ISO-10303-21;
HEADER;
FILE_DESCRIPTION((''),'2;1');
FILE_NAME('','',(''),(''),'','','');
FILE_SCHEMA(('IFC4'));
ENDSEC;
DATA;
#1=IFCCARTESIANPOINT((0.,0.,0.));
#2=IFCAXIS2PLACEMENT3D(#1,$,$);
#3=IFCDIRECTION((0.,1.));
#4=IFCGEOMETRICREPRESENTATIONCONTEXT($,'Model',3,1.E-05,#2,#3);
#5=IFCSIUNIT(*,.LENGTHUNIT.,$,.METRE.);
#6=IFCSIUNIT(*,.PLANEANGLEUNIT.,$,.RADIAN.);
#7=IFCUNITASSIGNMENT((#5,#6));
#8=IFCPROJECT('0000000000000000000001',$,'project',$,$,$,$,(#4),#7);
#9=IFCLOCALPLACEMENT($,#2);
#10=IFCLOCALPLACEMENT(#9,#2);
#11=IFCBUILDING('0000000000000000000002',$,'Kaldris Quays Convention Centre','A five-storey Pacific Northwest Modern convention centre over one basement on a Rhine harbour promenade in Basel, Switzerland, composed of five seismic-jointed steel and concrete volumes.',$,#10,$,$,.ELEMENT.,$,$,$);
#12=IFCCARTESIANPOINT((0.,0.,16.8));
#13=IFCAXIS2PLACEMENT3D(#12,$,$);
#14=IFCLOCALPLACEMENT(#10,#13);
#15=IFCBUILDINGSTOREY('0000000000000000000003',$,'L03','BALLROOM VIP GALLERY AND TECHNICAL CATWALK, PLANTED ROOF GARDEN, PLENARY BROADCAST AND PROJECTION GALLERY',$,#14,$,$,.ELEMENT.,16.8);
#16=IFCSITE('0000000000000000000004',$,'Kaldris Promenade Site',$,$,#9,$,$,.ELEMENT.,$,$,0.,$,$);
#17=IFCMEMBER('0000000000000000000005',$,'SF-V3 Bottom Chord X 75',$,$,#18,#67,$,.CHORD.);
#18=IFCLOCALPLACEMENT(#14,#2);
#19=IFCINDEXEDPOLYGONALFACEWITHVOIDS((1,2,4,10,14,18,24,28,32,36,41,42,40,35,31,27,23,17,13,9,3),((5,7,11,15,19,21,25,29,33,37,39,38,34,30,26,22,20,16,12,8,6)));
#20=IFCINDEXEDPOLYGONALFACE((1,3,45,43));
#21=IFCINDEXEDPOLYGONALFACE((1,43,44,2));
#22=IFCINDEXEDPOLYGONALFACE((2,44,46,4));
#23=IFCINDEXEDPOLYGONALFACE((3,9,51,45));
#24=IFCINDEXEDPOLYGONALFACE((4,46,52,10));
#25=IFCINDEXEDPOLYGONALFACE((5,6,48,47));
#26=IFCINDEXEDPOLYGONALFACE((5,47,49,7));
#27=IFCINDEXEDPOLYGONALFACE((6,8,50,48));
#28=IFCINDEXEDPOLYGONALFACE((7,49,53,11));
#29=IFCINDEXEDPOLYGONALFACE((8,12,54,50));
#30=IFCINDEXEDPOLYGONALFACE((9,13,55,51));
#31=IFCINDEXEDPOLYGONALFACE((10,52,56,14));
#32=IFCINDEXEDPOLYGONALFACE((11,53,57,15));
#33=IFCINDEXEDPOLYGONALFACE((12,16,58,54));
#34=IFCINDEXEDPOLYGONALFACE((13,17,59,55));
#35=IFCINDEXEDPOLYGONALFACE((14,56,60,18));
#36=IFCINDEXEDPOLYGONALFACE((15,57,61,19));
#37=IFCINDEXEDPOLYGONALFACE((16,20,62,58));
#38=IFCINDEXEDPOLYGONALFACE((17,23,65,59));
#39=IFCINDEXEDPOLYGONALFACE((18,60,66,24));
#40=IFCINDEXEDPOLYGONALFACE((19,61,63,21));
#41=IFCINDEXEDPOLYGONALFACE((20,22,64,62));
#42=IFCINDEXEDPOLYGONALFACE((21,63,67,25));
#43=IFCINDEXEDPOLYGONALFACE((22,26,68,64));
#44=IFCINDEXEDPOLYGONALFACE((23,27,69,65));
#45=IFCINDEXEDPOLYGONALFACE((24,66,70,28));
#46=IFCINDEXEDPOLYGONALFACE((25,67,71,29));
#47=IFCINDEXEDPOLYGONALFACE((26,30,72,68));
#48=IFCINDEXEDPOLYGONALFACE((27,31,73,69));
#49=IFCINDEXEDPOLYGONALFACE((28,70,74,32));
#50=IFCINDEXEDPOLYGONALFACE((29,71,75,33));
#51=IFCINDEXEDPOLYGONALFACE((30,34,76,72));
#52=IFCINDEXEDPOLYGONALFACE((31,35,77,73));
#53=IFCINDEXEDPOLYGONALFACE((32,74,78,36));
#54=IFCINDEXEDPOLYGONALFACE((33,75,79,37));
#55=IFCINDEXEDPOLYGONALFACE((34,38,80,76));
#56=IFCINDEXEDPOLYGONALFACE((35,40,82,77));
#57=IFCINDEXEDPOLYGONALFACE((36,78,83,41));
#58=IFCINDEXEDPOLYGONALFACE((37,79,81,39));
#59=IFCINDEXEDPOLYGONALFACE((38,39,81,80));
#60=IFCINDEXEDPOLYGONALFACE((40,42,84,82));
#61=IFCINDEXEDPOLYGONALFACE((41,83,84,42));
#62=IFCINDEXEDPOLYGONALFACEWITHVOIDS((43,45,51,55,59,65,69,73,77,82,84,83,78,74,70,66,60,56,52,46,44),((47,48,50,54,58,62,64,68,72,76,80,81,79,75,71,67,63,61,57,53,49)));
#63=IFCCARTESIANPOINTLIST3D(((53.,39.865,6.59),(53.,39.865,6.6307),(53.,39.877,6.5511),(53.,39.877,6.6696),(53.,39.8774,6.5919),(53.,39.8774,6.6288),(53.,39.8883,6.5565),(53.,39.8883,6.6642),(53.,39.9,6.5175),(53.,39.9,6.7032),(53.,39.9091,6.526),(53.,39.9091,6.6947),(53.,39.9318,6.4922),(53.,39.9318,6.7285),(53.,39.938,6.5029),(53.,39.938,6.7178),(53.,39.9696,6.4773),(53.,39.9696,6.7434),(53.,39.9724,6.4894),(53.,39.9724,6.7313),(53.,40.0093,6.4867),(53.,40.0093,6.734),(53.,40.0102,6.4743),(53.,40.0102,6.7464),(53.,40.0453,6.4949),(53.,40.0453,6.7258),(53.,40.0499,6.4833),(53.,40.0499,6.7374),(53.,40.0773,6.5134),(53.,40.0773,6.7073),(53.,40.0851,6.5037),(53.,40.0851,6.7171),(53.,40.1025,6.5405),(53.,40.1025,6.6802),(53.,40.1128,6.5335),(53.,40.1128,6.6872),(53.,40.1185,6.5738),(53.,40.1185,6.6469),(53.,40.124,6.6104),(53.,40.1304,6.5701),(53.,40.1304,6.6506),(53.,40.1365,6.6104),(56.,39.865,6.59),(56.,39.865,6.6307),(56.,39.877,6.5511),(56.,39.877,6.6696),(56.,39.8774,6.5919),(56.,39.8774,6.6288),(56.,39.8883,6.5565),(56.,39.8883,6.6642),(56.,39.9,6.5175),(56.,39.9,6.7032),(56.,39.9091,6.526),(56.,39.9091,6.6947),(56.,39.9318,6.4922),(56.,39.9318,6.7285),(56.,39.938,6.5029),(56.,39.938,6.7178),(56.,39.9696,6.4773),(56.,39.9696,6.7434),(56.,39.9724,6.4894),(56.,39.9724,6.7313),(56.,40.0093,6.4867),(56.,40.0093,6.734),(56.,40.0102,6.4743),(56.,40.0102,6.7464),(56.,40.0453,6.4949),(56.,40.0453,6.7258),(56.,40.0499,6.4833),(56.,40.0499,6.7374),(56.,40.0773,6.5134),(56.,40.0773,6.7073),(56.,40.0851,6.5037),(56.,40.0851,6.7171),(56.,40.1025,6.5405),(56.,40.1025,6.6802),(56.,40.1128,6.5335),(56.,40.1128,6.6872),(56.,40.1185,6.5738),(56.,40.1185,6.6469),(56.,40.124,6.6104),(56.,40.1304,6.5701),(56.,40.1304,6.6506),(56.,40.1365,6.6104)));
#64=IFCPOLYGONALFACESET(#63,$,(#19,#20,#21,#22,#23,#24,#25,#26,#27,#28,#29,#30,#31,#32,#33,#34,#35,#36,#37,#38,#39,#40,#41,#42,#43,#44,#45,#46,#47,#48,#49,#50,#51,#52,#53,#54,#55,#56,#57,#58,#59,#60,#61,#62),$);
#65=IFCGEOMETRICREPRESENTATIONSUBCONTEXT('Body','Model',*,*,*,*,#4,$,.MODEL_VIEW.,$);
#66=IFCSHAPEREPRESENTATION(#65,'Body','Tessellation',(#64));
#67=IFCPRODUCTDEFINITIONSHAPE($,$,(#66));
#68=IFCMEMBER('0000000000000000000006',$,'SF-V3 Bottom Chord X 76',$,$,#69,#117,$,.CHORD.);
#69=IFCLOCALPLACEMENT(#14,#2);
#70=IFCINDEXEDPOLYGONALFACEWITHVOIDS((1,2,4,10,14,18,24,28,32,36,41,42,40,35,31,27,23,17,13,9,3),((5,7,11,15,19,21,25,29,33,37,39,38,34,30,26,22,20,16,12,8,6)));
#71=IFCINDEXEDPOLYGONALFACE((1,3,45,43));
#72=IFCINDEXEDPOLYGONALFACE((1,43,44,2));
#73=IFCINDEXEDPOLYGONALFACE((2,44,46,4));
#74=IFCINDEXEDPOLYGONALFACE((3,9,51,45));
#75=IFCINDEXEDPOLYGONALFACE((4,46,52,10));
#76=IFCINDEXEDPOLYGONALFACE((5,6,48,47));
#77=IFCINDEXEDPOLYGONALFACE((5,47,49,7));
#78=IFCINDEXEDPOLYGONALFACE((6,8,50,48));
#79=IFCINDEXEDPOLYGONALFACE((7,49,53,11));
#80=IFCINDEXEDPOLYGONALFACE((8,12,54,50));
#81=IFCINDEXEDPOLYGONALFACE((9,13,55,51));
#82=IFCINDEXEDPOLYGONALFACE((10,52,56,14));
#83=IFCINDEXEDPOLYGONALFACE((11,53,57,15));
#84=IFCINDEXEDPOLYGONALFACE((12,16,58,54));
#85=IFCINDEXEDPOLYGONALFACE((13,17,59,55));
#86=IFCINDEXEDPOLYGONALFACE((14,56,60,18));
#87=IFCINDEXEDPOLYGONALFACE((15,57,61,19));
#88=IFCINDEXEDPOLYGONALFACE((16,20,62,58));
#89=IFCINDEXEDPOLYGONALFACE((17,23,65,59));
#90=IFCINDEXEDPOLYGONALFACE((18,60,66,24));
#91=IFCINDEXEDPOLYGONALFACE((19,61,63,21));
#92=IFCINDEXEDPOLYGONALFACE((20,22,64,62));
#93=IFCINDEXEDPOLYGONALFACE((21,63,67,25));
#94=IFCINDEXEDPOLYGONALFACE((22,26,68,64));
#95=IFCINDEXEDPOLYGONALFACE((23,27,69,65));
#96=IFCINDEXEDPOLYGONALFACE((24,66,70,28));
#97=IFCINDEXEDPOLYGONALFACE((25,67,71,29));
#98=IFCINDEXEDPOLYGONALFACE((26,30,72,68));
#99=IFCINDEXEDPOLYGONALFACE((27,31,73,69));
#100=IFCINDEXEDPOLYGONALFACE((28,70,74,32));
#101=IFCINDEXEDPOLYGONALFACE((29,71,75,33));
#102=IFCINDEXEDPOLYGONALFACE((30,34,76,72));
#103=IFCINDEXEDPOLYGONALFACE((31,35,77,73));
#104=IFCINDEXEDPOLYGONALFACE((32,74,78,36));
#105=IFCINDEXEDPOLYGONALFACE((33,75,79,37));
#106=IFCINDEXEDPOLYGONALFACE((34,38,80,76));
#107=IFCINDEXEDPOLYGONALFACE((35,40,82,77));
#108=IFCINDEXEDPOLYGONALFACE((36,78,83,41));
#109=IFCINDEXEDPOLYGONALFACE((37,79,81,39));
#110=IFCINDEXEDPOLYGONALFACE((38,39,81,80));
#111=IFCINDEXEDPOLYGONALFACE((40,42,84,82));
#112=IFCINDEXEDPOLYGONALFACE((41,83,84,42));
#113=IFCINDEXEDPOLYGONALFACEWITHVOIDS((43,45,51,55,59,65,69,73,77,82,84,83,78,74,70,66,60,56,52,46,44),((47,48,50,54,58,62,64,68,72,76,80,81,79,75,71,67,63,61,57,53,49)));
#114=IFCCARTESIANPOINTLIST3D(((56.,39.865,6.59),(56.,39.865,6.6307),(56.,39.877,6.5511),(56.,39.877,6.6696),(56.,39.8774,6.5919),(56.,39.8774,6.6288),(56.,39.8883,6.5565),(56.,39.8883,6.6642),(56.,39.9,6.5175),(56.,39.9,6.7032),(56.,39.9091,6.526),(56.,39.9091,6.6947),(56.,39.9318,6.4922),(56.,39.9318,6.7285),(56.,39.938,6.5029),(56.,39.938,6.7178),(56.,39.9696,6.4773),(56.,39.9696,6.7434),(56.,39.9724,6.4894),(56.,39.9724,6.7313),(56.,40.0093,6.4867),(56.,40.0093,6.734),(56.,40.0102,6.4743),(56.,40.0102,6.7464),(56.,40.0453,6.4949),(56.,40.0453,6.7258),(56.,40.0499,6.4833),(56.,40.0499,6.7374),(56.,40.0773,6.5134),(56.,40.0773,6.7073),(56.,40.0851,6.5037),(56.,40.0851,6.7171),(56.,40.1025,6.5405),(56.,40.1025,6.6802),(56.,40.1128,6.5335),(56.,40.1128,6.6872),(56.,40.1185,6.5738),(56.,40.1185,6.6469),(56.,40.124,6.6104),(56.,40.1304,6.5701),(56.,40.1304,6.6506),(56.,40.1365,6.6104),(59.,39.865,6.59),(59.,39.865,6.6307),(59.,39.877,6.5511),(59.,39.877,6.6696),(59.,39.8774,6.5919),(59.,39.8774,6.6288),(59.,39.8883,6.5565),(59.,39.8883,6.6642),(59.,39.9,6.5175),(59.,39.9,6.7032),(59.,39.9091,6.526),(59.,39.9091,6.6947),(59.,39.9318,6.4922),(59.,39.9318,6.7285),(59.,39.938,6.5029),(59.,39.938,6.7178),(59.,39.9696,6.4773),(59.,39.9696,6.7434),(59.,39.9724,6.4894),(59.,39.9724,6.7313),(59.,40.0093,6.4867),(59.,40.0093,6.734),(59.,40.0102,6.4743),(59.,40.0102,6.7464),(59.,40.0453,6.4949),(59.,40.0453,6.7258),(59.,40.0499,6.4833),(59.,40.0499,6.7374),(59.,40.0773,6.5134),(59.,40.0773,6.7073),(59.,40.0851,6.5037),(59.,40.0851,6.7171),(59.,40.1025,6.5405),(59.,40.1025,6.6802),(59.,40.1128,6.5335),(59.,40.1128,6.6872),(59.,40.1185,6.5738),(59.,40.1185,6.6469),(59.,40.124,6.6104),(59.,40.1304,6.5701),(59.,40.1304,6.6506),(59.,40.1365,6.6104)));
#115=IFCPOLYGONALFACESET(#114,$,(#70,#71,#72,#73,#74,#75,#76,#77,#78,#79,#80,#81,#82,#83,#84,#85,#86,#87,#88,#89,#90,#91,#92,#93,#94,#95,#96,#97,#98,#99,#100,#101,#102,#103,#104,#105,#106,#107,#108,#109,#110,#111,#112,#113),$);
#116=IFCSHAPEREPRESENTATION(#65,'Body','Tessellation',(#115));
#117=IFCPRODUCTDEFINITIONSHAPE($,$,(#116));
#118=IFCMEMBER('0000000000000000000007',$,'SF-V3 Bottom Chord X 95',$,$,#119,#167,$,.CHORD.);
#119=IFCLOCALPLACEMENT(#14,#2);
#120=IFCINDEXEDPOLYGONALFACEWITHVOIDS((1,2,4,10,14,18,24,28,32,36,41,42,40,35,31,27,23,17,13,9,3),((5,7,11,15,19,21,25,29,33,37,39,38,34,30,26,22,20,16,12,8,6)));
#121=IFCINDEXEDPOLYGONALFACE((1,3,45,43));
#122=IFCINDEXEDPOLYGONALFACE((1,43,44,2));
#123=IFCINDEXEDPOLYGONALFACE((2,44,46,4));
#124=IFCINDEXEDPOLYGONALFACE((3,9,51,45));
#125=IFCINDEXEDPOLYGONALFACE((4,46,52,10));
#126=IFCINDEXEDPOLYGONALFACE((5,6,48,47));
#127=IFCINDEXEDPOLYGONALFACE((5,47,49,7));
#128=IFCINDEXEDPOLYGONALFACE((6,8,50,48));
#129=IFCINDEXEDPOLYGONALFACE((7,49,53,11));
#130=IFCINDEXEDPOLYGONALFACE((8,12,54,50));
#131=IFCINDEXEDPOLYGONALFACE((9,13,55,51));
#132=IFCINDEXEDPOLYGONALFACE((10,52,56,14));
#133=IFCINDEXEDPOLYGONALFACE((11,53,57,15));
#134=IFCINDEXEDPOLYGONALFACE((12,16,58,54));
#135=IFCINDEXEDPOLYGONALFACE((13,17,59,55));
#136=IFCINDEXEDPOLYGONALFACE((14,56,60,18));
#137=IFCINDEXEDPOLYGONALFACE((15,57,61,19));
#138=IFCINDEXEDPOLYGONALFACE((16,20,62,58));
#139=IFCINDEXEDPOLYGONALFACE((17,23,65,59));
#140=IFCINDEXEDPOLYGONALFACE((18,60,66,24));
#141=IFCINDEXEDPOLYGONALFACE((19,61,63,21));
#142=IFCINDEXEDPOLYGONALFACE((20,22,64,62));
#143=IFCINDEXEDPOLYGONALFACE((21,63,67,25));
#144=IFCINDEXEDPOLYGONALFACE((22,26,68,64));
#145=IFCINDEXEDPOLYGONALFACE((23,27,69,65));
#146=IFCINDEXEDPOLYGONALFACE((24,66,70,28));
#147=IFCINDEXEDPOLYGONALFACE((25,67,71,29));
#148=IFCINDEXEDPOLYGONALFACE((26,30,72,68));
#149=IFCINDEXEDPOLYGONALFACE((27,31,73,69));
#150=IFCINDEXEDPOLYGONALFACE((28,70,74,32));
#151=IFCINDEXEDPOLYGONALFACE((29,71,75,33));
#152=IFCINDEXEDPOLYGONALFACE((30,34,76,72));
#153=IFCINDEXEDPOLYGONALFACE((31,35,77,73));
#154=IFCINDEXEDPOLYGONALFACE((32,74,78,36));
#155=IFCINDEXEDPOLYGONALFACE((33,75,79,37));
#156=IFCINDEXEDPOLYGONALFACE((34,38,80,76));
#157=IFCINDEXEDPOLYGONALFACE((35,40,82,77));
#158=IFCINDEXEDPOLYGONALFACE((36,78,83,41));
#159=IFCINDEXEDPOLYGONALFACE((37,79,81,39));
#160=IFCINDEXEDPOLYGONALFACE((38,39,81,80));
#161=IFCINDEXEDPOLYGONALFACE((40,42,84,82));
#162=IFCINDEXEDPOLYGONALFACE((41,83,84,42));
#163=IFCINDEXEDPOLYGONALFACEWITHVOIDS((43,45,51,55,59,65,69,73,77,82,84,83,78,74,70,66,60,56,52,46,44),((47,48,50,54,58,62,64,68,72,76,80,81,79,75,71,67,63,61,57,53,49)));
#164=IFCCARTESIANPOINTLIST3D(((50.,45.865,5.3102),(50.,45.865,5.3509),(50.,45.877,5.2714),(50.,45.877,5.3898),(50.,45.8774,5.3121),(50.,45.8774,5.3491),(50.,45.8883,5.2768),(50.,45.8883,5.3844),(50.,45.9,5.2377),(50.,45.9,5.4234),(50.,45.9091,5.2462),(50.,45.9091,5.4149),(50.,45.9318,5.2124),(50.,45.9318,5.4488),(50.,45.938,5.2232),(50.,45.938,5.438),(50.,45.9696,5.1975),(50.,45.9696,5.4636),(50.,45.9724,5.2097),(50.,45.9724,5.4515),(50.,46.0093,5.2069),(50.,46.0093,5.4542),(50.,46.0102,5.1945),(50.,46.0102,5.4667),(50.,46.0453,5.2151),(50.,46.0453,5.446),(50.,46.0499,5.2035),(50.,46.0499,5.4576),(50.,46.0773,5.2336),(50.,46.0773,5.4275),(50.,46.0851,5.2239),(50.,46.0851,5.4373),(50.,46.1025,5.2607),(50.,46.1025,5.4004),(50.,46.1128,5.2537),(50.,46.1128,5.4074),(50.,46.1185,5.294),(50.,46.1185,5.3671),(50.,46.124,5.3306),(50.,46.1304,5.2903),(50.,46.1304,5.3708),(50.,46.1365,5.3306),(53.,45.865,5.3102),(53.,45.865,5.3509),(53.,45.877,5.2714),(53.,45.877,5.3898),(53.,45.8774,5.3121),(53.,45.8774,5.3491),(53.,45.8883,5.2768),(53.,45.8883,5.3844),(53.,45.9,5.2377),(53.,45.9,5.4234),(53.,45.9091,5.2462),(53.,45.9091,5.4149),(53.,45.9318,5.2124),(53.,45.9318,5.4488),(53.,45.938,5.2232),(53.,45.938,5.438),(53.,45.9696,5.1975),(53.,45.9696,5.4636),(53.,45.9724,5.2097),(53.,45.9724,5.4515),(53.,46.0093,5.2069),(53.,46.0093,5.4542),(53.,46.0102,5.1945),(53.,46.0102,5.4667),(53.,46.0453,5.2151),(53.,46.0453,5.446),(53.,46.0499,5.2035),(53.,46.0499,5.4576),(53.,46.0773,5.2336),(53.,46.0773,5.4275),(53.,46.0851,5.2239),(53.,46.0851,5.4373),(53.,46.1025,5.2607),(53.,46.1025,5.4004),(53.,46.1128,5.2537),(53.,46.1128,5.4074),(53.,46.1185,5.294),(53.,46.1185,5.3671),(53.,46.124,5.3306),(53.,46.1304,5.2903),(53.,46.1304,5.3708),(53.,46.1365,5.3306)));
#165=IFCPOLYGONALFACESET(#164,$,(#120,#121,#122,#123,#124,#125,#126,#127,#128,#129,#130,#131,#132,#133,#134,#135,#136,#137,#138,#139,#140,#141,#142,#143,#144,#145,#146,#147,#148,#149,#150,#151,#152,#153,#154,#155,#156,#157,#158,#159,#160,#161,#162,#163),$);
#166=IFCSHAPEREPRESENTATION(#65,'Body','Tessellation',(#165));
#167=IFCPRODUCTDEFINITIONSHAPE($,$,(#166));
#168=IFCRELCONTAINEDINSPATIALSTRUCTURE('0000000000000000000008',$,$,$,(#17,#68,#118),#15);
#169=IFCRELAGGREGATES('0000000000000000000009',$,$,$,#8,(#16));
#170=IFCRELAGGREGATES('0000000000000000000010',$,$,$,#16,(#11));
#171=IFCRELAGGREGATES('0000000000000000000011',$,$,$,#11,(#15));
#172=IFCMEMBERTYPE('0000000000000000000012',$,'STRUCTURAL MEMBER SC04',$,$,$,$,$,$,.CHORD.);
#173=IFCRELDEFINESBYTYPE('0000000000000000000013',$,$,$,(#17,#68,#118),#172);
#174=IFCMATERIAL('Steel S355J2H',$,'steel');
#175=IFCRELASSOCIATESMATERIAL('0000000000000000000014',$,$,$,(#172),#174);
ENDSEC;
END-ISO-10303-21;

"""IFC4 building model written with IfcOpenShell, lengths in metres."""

from ifc_helpers import new_model, si_unit, direction, frame, origin, origin_2d, place, context, subcontext, project, spatial, hollow_circle, extrude, material, material_profile, profile_set, type_object, element, save


model = new_model("IFC4")

# Units and contexts
model_context = context("Model", 3, precision=1e-05, world=origin(), true_north=direction((0.0, 1.0)))
body_context = subcontext(model_context, "Body", "Model", "MODEL_VIEW")
ifc_project = project(units=[si_unit("LENGTHUNIT", "METRE"), si_unit("PLANEANGLEUNIT", "RADIAN")], contexts=[model_context])

# Site, building, storey
site_placement = place(None, origin())
site = spatial("IfcSite", under=ifc_project, at=site_placement, Name="Kaldris Promenade Site", CompositionType="ELEMENT", RefElevation=0.0)
building_placement = place(site_placement, origin())
building = spatial("IfcBuilding", under=site, at=building_placement, Name="Kaldris Quays Convention Centre", Description="A five-storey Pacific Northwest Modern convention centre over one basement on a Rhine harbour promenade in Basel, Switzerland, composed of five seismic-jointed steel and concrete volumes.", CompositionType="ELEMENT")
storey_placement = place(building_placement, frame((0.0, 0.0, 16.8)))
storey = spatial("IfcBuildingStorey", under=building, at=storey_placement, Name="L03", Description="BALLROOM VIP GALLERY AND TECHNICAL CATWALK, PLANTED ROOF GARDEN, PLENARY BROADCAST AND PROJECTION GALLERY", CompositionType="ELEMENT", Elevation=16.8)

# Members
ifc_material_1 = material(Name="Steel S355J2H", Category="steel")
ifc_material_profile_1 = material_profile(ifc_material_1, hollow_circle(Radius=0.1365, WallThickness=0.0125, at=origin_2d()), Name="CHS 273x12.5")
ifc_profile_set_1 = profile_set([ifc_material_profile_1], Name="Steel S355J2H")
member_type_1 = type_object("IfcMemberType", Name="STRUCTURAL MEMBER SC04", PredefinedType="CHORD", material=ifc_profile_set_1)
for number, where, z_axis, x_axis, name in (
    (1, (53.0, 40.0, 6.6104), (1.0, 0.0, 0.0), (0.0, 1.0, 0.0), "SF-V3 Bottom Chord X 75"),
    (2, (56.0, 40.0, 6.6104), (1.0, 0.0, 0.0), (0.0, 1.0, 0.0), "SF-V3 Bottom Chord X 76"),
    (3, (50.0, 46.0, 5.3306), (1.0, 0.0, 0.0), (0.0, 1.0, 0.0), "SF-V3 Bottom Chord X 95"),
):
    element("IfcMember", number, at=place(storey_placement, frame(where, z_axis=z_axis, x_axis=x_axis)), inside=storey, type_object=member_type_1, Name=name, PredefinedType="CHORD", context=body_context, shape_type="SweptSolid", body=[
        extrude(hollow_circle(Radius=0.1365, WallThickness=0.0125, at=origin_2d()), origin(), (0.0, 0.0, 1.0), 3.0),
    ])

save(model, "model.ifc")
